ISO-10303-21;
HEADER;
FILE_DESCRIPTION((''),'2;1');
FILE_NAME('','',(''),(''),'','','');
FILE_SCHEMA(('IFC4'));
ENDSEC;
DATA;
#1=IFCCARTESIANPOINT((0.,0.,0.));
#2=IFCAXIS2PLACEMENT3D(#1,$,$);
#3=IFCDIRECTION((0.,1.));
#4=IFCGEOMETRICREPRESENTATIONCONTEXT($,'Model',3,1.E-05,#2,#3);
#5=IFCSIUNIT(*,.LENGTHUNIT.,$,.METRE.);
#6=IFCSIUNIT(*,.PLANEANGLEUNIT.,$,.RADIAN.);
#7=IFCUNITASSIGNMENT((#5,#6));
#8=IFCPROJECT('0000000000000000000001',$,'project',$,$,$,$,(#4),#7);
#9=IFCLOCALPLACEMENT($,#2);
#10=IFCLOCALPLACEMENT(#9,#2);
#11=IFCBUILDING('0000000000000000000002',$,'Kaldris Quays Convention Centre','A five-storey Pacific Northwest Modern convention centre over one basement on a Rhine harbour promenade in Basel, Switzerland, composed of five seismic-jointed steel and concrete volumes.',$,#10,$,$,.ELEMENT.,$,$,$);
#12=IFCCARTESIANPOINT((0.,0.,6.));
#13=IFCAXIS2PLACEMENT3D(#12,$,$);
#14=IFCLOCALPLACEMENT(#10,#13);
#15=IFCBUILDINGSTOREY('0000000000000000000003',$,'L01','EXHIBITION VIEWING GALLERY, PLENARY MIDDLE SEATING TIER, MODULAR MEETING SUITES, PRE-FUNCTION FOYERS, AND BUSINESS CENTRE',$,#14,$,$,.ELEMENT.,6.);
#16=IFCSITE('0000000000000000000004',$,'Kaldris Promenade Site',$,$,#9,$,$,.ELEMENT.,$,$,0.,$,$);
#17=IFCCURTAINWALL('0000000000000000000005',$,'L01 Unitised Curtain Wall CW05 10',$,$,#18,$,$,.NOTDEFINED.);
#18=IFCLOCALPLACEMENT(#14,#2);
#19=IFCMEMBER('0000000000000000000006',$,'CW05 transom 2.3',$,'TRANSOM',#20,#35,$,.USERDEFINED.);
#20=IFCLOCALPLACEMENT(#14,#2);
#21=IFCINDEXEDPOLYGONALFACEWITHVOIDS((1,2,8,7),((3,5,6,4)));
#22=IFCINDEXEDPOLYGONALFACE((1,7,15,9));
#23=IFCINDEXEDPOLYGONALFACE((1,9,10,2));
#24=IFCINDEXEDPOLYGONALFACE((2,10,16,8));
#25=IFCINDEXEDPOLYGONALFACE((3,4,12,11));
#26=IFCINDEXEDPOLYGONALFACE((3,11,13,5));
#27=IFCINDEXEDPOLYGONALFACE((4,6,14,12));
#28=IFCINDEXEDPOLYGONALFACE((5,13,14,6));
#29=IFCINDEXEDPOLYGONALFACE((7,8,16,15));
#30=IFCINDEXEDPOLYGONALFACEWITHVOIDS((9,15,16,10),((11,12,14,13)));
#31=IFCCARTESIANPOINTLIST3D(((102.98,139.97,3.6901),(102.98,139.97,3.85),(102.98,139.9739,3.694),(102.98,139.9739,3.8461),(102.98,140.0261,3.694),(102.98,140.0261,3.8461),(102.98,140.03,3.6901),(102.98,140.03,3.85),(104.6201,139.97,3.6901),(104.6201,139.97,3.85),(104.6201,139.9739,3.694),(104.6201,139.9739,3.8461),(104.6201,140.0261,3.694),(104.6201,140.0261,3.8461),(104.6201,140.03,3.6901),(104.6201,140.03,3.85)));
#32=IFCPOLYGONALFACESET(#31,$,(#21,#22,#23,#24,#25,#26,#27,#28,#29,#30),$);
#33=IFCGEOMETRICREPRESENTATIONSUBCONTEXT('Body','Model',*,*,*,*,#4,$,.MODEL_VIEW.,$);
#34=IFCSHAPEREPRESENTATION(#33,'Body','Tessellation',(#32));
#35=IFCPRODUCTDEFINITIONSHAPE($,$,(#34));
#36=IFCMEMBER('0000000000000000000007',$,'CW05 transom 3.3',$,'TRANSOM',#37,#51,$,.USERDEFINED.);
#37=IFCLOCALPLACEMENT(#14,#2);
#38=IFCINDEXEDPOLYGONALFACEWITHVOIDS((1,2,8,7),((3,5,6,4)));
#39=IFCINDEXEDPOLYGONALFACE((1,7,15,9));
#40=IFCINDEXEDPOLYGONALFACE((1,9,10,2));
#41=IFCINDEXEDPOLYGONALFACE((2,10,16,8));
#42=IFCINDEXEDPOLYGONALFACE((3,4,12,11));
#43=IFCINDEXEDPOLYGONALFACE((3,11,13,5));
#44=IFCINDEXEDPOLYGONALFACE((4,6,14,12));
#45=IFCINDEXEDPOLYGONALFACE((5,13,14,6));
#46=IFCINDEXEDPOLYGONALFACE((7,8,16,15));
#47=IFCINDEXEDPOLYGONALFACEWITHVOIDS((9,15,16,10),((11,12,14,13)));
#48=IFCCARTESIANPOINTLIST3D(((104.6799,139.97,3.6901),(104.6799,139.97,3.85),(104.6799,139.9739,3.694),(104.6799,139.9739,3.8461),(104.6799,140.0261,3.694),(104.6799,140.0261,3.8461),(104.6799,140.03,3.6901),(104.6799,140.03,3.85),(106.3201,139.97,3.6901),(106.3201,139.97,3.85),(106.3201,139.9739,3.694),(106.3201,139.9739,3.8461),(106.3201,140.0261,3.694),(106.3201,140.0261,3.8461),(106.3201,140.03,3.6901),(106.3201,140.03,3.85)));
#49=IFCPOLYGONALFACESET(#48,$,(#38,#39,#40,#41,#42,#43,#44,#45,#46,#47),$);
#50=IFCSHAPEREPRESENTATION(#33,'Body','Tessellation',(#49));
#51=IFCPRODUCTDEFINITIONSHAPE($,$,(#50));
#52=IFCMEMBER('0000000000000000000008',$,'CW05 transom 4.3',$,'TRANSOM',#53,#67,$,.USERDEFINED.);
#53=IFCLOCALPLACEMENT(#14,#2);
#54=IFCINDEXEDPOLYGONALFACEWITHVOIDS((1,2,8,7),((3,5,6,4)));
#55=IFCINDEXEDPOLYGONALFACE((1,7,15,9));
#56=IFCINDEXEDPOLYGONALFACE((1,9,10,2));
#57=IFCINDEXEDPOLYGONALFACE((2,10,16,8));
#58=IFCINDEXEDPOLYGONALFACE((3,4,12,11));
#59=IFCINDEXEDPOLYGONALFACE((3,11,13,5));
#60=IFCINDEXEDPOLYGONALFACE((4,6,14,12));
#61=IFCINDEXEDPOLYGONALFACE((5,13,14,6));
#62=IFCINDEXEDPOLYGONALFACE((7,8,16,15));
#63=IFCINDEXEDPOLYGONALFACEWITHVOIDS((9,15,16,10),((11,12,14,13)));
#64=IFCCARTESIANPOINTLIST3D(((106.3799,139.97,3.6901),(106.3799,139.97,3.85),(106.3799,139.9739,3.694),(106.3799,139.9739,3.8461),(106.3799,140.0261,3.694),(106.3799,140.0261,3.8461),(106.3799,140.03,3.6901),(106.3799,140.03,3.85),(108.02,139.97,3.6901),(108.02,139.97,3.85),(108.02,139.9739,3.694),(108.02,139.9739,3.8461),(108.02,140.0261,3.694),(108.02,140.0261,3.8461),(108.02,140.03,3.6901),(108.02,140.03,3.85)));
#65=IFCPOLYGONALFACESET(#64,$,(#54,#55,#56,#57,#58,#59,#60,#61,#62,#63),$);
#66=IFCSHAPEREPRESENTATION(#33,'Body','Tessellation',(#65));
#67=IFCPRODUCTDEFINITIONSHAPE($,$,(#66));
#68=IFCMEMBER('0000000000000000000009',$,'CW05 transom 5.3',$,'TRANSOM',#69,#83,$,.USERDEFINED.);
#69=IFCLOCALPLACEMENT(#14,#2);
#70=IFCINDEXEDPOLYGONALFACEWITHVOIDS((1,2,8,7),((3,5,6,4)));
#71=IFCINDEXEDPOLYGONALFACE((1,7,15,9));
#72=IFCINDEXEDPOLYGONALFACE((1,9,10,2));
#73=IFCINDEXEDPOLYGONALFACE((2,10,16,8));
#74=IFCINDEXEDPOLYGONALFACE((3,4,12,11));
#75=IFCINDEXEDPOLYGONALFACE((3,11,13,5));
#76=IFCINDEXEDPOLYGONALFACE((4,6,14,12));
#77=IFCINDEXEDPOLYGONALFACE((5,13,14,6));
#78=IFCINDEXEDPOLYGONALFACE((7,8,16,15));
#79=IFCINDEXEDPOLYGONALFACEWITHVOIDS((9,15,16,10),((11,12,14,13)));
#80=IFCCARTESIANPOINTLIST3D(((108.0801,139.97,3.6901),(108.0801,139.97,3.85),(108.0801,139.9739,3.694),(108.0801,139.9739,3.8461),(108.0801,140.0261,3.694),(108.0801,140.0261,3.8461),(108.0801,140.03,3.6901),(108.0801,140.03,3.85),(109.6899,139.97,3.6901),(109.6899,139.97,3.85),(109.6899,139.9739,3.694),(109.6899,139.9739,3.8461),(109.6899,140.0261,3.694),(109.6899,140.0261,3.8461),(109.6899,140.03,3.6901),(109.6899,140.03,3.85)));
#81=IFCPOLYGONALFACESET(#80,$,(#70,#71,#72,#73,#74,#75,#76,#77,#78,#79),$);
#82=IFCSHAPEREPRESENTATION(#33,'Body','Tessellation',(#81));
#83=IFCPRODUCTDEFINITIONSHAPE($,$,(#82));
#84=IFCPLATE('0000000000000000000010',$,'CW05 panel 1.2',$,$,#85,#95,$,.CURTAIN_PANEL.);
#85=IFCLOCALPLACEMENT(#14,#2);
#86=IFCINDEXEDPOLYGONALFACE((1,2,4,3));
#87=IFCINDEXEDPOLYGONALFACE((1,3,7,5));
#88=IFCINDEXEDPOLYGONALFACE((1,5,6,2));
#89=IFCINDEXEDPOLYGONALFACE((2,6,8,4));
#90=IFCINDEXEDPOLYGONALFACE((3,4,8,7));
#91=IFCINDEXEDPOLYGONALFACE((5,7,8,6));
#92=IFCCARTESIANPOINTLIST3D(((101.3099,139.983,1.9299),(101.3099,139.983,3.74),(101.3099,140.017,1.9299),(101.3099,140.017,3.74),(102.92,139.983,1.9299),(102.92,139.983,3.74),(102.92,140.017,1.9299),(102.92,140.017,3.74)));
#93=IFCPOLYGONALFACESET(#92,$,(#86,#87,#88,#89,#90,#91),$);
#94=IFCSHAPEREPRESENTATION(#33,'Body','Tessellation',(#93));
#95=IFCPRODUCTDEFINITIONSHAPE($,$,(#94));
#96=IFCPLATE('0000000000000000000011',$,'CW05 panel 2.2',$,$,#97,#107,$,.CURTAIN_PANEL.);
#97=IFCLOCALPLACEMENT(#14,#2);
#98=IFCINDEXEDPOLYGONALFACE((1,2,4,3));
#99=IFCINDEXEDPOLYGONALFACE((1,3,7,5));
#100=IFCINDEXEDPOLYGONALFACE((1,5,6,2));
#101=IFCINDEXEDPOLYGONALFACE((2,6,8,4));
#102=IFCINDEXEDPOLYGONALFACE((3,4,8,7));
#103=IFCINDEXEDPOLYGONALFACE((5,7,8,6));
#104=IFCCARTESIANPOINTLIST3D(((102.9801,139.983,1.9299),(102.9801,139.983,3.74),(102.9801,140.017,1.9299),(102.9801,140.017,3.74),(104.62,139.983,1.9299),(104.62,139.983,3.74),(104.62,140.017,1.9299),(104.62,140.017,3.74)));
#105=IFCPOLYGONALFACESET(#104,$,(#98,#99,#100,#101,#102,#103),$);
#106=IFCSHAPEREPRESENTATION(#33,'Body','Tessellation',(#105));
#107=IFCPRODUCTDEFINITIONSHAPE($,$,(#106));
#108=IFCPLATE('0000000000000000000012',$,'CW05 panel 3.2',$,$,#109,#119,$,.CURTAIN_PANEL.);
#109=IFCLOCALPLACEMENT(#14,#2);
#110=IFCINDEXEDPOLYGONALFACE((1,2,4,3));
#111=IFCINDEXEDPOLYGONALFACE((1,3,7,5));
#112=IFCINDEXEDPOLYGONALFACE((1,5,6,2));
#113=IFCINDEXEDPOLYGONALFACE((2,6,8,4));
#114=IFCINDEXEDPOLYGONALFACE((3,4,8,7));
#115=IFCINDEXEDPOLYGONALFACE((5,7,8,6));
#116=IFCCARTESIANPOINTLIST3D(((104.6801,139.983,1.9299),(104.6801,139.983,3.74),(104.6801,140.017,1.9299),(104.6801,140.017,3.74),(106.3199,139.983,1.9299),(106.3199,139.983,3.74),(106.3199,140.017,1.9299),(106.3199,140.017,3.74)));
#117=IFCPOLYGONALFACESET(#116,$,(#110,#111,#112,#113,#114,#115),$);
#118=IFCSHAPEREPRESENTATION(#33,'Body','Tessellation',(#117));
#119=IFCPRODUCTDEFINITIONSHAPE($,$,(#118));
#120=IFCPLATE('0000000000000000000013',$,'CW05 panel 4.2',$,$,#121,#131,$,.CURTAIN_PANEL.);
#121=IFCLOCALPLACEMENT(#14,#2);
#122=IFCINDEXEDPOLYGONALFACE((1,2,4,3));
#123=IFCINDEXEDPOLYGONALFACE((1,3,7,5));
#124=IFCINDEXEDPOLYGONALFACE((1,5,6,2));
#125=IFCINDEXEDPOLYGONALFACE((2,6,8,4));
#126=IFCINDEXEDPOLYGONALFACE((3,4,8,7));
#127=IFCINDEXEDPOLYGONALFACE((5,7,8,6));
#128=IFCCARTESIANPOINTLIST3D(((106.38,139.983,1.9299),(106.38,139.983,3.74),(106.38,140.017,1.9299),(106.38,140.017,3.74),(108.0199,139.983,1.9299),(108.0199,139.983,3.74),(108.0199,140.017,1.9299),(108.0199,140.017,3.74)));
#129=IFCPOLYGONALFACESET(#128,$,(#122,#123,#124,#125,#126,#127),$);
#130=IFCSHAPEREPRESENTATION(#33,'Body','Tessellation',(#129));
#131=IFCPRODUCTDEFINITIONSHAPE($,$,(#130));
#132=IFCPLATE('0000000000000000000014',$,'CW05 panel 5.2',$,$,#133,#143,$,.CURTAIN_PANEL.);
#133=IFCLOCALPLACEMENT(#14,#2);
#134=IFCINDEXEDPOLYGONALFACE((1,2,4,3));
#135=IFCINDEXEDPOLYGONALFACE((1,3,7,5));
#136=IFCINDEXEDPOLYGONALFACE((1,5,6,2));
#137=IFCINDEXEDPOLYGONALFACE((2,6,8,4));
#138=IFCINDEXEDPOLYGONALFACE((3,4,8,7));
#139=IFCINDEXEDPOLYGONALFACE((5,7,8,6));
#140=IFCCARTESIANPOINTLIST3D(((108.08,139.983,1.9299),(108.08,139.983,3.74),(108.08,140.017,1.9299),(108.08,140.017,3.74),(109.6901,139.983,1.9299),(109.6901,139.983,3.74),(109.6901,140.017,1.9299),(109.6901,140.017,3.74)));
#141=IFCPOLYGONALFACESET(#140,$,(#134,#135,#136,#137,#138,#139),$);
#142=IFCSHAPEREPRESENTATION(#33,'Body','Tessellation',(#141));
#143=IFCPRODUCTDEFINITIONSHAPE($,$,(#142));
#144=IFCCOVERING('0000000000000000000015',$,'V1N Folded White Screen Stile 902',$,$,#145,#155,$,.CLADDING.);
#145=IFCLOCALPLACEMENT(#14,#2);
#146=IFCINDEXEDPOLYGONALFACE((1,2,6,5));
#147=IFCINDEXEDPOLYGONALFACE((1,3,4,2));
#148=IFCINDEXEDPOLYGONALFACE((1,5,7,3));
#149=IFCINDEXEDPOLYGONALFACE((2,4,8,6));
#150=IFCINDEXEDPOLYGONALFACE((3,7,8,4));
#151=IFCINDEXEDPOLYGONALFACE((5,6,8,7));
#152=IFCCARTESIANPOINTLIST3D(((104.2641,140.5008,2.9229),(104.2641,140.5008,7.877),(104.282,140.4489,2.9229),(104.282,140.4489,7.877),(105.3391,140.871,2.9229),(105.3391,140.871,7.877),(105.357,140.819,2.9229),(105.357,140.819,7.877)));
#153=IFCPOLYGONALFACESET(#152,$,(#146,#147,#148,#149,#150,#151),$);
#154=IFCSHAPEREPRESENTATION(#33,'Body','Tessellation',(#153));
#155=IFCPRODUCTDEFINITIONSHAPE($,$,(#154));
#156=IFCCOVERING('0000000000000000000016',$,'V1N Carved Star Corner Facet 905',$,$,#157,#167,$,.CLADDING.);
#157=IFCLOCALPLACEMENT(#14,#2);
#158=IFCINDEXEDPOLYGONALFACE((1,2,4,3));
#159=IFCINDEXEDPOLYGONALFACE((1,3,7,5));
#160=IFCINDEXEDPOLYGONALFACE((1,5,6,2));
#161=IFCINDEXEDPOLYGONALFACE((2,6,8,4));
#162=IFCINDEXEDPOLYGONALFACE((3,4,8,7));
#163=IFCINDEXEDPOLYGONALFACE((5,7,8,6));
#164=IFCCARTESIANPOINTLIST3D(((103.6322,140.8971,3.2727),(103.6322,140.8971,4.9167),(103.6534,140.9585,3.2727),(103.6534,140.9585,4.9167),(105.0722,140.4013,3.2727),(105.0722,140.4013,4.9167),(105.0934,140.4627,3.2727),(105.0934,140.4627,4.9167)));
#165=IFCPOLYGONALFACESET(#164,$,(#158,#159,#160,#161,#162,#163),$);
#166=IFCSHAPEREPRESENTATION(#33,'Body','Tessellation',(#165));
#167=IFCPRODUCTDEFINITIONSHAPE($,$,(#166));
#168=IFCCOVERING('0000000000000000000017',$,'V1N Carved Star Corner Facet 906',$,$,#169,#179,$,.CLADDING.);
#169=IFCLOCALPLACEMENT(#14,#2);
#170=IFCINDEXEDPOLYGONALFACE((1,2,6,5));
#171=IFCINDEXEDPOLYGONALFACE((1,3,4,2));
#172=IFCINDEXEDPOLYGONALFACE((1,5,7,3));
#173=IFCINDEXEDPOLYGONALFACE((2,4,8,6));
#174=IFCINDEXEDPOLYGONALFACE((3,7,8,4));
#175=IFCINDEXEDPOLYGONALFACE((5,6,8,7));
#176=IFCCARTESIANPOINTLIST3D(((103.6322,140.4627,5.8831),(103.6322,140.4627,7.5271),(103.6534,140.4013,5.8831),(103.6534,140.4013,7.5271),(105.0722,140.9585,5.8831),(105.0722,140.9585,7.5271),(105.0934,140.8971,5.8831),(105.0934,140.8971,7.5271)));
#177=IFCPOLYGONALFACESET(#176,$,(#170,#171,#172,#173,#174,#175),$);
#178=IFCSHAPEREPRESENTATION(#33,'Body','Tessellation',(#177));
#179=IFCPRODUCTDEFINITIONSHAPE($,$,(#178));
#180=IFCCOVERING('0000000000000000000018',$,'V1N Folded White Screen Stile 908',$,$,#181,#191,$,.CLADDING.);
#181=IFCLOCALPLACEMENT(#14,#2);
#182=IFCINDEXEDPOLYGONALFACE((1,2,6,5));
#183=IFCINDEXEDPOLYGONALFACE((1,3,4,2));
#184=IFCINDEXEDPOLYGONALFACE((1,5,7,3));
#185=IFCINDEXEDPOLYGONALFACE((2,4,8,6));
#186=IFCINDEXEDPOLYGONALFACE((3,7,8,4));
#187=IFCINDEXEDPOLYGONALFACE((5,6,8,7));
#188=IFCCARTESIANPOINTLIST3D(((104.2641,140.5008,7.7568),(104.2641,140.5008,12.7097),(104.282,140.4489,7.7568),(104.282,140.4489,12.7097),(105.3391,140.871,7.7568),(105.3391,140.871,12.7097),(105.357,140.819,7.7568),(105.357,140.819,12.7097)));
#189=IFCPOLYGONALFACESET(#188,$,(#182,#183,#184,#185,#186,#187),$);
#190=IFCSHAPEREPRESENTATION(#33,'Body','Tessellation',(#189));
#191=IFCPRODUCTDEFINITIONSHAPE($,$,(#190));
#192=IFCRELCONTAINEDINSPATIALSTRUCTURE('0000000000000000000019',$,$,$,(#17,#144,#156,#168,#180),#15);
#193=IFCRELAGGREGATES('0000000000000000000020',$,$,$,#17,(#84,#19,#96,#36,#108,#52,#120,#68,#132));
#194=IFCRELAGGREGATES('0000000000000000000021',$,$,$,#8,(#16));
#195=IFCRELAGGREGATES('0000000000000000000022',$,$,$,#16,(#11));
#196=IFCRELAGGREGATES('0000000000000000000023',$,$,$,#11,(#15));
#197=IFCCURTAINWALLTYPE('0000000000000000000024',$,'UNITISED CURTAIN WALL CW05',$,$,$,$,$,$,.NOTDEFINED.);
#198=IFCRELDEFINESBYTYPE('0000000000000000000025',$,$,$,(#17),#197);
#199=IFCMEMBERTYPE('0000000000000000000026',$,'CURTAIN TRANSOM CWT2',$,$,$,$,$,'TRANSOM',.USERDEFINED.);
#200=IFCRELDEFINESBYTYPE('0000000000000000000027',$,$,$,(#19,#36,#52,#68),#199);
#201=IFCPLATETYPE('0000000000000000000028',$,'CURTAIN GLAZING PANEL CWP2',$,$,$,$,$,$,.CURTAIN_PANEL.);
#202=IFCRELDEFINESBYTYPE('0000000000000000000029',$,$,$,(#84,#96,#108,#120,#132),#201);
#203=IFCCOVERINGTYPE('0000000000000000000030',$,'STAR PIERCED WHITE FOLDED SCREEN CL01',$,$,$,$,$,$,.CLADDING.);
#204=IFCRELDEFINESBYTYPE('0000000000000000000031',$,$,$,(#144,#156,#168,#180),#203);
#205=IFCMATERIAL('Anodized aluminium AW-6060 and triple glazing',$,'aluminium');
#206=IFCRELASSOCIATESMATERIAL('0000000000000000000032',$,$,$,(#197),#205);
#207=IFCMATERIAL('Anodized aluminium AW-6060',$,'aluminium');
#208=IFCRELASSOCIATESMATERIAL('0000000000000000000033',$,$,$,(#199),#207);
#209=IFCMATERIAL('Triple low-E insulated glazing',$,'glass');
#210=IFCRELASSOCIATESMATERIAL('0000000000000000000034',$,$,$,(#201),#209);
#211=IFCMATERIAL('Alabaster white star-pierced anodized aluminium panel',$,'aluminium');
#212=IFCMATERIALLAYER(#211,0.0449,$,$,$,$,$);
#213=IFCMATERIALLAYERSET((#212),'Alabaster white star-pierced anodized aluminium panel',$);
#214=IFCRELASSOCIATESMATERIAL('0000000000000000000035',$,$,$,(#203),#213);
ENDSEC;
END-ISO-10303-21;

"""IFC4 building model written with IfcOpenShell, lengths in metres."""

from ifc_helpers import new_model, si_unit, direction, frame, origin, origin_2d, place, context, subcontext, project, spatial, rectangle, hollow_rectangle, extrude, material, layer, layer_set, material_profile, profile_set, type_object, element, aggregate, save


model = new_model("IFC4")

# Units and contexts
model_context = context("Model", 3, precision=1e-05, world=origin(), true_north=direction((0.0, 1.0)))
body_context = subcontext(model_context, "Body", "Model", "MODEL_VIEW")
ifc_project = project(units=[si_unit("LENGTHUNIT", "METRE"), si_unit("PLANEANGLEUNIT", "RADIAN")], contexts=[model_context])

# Site, building, storey
site_placement = place(None, origin())
site = spatial("IfcSite", under=ifc_project, at=site_placement, Name="Kaldris Promenade Site", CompositionType="ELEMENT", RefElevation=0.0)
building_placement = place(site_placement, origin())
building = spatial("IfcBuilding", under=site, at=building_placement, Name="Kaldris Quays Convention Centre", Description="A five-storey Pacific Northwest Modern convention centre over one basement on a Rhine harbour promenade in Basel, Switzerland, composed of five seismic-jointed steel and concrete volumes.", CompositionType="ELEMENT")
storey_placement = place(building_placement, frame((0.0, 0.0, 6.0)))
storey = spatial("IfcBuildingStorey", under=building, at=storey_placement, Name="L01", Description="EXHIBITION VIEWING GALLERY, PLENARY MIDDLE SEATING TIER, MODULAR MEETING SUITES, PRE-FUNCTION FOYERS, AND BUSINESS CENTRE", CompositionType="ELEMENT", Elevation=6.0)

# Curtain wall, members, plates
ifc_material_1 = material(Name="Anodized aluminium AW-6060 and triple glazing", Category="aluminium")
curtain_wall_type = type_object("IfcCurtainWallType", Name="UNITISED CURTAIN WALL CW05", PredefinedType="NOTDEFINED", material=ifc_material_1)
curtain_wall_placement = place(storey_placement, origin())
curtain_wall = element("IfcCurtainWall", 1, at=curtain_wall_placement, inside=storey, type_object=curtain_wall_type, Name="L01 Unitised Curtain Wall CW05 10", PredefinedType="NOTDEFINED")
ifc_material_2 = material(Name="Anodized aluminium AW-6060", Category="aluminium")
ifc_material_profile = material_profile(ifc_material_2, hollow_rectangle(XDim=0.0601, YDim=0.1599, WallThickness=0.0039, at=origin_2d()), Name="RHS 160x60x4")
ifc_profile_set = profile_set([ifc_material_profile], Name="Anodized aluminium AW-6060")
member_type = type_object("IfcMemberType", Name="CURTAIN TRANSOM CWT2", ElementType="TRANSOM", PredefinedType="USERDEFINED", material=ifc_profile_set)
member_1_placement = place(storey_placement, frame((102.98, 140.0, 3.77), z_axis=(1.0, 0.0, 0.0), x_axis=(0.0, 1.0, 0.0)))
member_1 = element("IfcMember", 2, at=member_1_placement, type_object=member_type, Name="CW05 transom 2.3", ObjectType="TRANSOM", PredefinedType="USERDEFINED", context=body_context, shape_type="SweptSolid", body=[
    extrude(hollow_rectangle(XDim=0.0601, YDim=0.1599, WallThickness=0.0039, at=origin_2d()), origin(), (0.0, 0.0, 1.0), 1.6401),
])
member_2_placement = place(storey_placement, frame((104.6799, 140.0, 3.77), z_axis=(1.0, 0.0, 0.0), x_axis=(0.0, 1.0, 0.0)))
member_2 = element("IfcMember", 3, at=member_2_placement, type_object=member_type, Name="CW05 transom 3.3", ObjectType="TRANSOM", PredefinedType="USERDEFINED", context=body_context, shape_type="SweptSolid", body=[
    extrude(hollow_rectangle(XDim=0.0601, YDim=0.1599, WallThickness=0.0039, at=origin_2d()), origin(), (0.0, 0.0, 1.0), 1.6401),
])
member_3_placement = place(storey_placement, frame((106.3799, 140.0, 3.77), z_axis=(1.0, 0.0, 0.0), x_axis=(0.0, 1.0, 0.0)))
member_3 = element("IfcMember", 4, at=member_3_placement, type_object=member_type, Name="CW05 transom 4.3", ObjectType="TRANSOM", PredefinedType="USERDEFINED", context=body_context, shape_type="SweptSolid", body=[
    extrude(hollow_rectangle(XDim=0.0601, YDim=0.1599, WallThickness=0.0039, at=origin_2d()), origin(), (0.0, 0.0, 1.0), 1.6401),
])
member_4_placement = place(storey_placement, frame((108.0801, 140.0, 3.77), z_axis=(1.0, 0.0, 0.0), x_axis=(0.0, 1.0, 0.0)))
member_4 = element("IfcMember", 5, at=member_4_placement, type_object=member_type, Name="CW05 transom 5.3", ObjectType="TRANSOM", PredefinedType="USERDEFINED", context=body_context, shape_type="SweptSolid", body=[
    extrude(hollow_rectangle(XDim=0.0601, YDim=0.1599, WallThickness=0.0039, at=origin_2d()), origin(), (0.0, 0.0, 1.0), 1.6099),
])
ifc_material_3 = material(Name="Triple low-E insulated glazing", Category="glass")
plate_type = type_object("IfcPlateType", Name="CURTAIN GLAZING PANEL CWP2", PredefinedType="CURTAIN_PANEL", material=ifc_material_3)
plate_1_placement = place(storey_placement, frame((102.115, 140.0, 1.9299), z_axis=(0.0, 0.0, 1.0), x_axis=(1.0, 0.0, 0.0)))
plate_1 = element("IfcPlate", 6, at=plate_1_placement, type_object=plate_type, Name="CW05 panel 1.2", PredefinedType="CURTAIN_PANEL", context=body_context, shape_type="SweptSolid", body=[
    extrude(rectangle(XDim=1.6101, YDim=0.0339, at=origin_2d()), origin(), (0.0, 0.0, 1.0), 1.8101),
])
plate_2_placement = place(storey_placement, frame((103.8, 140.0, 1.9299), z_axis=(0.0, 0.0, 1.0), x_axis=(1.0, 0.0, 0.0)))
plate_2 = element("IfcPlate", 7, at=plate_2_placement, type_object=plate_type, Name="CW05 panel 2.2", PredefinedType="CURTAIN_PANEL", context=body_context, shape_type="SweptSolid", body=[
    extrude(rectangle(XDim=1.6399, YDim=0.0339, at=origin_2d()), origin(), (0.0, 0.0, 1.0), 1.8101),
])
plate_3_placement = place(storey_placement, frame((105.5, 140.0, 1.9299), z_axis=(0.0, 0.0, 1.0), x_axis=(1.0, 0.0, 0.0)))
plate_3 = element("IfcPlate", 8, at=plate_3_placement, type_object=plate_type, Name="CW05 panel 3.2", PredefinedType="CURTAIN_PANEL", context=body_context, shape_type="SweptSolid", body=[
    extrude(rectangle(XDim=1.6399, YDim=0.0339, at=origin_2d()), origin(), (0.0, 0.0, 1.0), 1.8101),
])
plate_4_placement = place(storey_placement, frame((107.2, 140.0, 1.9299), z_axis=(0.0, 0.0, 1.0), x_axis=(1.0, 0.0, 0.0)))
plate_4 = element("IfcPlate", 9, at=plate_4_placement, type_object=plate_type, Name="CW05 panel 4.2", PredefinedType="CURTAIN_PANEL", context=body_context, shape_type="SweptSolid", body=[
    extrude(rectangle(XDim=1.6399, YDim=0.0339, at=origin_2d()), origin(), (0.0, 0.0, 1.0), 1.8101),
])
plate_5_placement = place(storey_placement, frame((108.885, 140.0, 1.9299), z_axis=(0.0, 0.0, 1.0), x_axis=(1.0, 0.0, 0.0)))
plate_5 = element("IfcPlate", 10, at=plate_5_placement, type_object=plate_type, Name="CW05 panel 5.2", PredefinedType="CURTAIN_PANEL", context=body_context, shape_type="SweptSolid", body=[
    extrude(rectangle(XDim=1.6101, YDim=0.0339, at=origin_2d()), origin(), (0.0, 0.0, 1.0), 1.8101),
])
aggregate(curtain_wall, [plate_1, member_1, plate_2, member_2, plate_3, member_3, plate_4, member_4, plate_5])

# Coverings
ifc_material_4 = material(Name="Alabaster white star-pierced anodized aluminium panel", Category="aluminium")
ifc_layer = layer(ifc_material_4, 0.0449)
ifc_layer_set = layer_set([ifc_layer], Name="Alabaster white star-pierced anodized aluminium panel")
covering_type = type_object("IfcCoveringType", Name="STAR PIERCED WHITE FOLDED SCREEN CL01", PredefinedType="CLADDING", material=ifc_layer_set)
covering_1_placement = place(storey_placement, frame((104.8105, 140.6599, 2.9229), z_axis=(0.0, 0.0, 1.0), x_axis=(0.945519, 0.325568, 0.0)))
element("IfcCovering", 11, at=covering_1_placement, inside=storey, type_object=covering_type, Name="V1N Folded White Screen Stile 902", PredefinedType="CLADDING", context=body_context, shape_type="SweptSolid", body=[
    extrude(rectangle(XDim=1.137, YDim=0.0549, at=origin_2d()), origin(), (0.0, 0.0, 1.0), 4.9541),
])
for number, where, z_axis, x_axis, name in (
    (12, (104.3628, 140.6799, 3.2727), (0.0, 0.0, 1.0), (0.945519, -0.325568, 0.0), "V1N Carved Star Corner Facet 905"),
    (13, (104.3628, 140.6799, 5.8831), (0.0, 0.0, 1.0), (0.945519, 0.325568, 0.0), "V1N Carved Star Corner Facet 906"),
):
    element("IfcCovering", number, at=place(storey_placement, frame(where, z_axis=z_axis, x_axis=x_axis)), inside=storey, type_object=covering_type, Name=name, PredefinedType="CLADDING", context=body_context, shape_type="SweptSolid", body=[
        extrude(rectangle(XDim=1.5229, YDim=0.0649, at=origin_2d()), origin(), (0.0, 0.0, 1.0), 1.644),
    ])
covering_2_placement = place(storey_placement, frame((104.8105, 140.6599, 7.7568), z_axis=(0.0, 0.0, 1.0), x_axis=(0.945519, 0.325568, 0.0)))
element("IfcCovering", 14, at=covering_2_placement, inside=storey, type_object=covering_type, Name="V1N Folded White Screen Stile 908", PredefinedType="CLADDING", context=body_context, shape_type="SweptSolid", body=[
    extrude(rectangle(XDim=1.137, YDim=0.0549, at=origin_2d()), origin(), (0.0, 0.0, 1.0), 4.9529),
])

save(model, "model.ifc")
